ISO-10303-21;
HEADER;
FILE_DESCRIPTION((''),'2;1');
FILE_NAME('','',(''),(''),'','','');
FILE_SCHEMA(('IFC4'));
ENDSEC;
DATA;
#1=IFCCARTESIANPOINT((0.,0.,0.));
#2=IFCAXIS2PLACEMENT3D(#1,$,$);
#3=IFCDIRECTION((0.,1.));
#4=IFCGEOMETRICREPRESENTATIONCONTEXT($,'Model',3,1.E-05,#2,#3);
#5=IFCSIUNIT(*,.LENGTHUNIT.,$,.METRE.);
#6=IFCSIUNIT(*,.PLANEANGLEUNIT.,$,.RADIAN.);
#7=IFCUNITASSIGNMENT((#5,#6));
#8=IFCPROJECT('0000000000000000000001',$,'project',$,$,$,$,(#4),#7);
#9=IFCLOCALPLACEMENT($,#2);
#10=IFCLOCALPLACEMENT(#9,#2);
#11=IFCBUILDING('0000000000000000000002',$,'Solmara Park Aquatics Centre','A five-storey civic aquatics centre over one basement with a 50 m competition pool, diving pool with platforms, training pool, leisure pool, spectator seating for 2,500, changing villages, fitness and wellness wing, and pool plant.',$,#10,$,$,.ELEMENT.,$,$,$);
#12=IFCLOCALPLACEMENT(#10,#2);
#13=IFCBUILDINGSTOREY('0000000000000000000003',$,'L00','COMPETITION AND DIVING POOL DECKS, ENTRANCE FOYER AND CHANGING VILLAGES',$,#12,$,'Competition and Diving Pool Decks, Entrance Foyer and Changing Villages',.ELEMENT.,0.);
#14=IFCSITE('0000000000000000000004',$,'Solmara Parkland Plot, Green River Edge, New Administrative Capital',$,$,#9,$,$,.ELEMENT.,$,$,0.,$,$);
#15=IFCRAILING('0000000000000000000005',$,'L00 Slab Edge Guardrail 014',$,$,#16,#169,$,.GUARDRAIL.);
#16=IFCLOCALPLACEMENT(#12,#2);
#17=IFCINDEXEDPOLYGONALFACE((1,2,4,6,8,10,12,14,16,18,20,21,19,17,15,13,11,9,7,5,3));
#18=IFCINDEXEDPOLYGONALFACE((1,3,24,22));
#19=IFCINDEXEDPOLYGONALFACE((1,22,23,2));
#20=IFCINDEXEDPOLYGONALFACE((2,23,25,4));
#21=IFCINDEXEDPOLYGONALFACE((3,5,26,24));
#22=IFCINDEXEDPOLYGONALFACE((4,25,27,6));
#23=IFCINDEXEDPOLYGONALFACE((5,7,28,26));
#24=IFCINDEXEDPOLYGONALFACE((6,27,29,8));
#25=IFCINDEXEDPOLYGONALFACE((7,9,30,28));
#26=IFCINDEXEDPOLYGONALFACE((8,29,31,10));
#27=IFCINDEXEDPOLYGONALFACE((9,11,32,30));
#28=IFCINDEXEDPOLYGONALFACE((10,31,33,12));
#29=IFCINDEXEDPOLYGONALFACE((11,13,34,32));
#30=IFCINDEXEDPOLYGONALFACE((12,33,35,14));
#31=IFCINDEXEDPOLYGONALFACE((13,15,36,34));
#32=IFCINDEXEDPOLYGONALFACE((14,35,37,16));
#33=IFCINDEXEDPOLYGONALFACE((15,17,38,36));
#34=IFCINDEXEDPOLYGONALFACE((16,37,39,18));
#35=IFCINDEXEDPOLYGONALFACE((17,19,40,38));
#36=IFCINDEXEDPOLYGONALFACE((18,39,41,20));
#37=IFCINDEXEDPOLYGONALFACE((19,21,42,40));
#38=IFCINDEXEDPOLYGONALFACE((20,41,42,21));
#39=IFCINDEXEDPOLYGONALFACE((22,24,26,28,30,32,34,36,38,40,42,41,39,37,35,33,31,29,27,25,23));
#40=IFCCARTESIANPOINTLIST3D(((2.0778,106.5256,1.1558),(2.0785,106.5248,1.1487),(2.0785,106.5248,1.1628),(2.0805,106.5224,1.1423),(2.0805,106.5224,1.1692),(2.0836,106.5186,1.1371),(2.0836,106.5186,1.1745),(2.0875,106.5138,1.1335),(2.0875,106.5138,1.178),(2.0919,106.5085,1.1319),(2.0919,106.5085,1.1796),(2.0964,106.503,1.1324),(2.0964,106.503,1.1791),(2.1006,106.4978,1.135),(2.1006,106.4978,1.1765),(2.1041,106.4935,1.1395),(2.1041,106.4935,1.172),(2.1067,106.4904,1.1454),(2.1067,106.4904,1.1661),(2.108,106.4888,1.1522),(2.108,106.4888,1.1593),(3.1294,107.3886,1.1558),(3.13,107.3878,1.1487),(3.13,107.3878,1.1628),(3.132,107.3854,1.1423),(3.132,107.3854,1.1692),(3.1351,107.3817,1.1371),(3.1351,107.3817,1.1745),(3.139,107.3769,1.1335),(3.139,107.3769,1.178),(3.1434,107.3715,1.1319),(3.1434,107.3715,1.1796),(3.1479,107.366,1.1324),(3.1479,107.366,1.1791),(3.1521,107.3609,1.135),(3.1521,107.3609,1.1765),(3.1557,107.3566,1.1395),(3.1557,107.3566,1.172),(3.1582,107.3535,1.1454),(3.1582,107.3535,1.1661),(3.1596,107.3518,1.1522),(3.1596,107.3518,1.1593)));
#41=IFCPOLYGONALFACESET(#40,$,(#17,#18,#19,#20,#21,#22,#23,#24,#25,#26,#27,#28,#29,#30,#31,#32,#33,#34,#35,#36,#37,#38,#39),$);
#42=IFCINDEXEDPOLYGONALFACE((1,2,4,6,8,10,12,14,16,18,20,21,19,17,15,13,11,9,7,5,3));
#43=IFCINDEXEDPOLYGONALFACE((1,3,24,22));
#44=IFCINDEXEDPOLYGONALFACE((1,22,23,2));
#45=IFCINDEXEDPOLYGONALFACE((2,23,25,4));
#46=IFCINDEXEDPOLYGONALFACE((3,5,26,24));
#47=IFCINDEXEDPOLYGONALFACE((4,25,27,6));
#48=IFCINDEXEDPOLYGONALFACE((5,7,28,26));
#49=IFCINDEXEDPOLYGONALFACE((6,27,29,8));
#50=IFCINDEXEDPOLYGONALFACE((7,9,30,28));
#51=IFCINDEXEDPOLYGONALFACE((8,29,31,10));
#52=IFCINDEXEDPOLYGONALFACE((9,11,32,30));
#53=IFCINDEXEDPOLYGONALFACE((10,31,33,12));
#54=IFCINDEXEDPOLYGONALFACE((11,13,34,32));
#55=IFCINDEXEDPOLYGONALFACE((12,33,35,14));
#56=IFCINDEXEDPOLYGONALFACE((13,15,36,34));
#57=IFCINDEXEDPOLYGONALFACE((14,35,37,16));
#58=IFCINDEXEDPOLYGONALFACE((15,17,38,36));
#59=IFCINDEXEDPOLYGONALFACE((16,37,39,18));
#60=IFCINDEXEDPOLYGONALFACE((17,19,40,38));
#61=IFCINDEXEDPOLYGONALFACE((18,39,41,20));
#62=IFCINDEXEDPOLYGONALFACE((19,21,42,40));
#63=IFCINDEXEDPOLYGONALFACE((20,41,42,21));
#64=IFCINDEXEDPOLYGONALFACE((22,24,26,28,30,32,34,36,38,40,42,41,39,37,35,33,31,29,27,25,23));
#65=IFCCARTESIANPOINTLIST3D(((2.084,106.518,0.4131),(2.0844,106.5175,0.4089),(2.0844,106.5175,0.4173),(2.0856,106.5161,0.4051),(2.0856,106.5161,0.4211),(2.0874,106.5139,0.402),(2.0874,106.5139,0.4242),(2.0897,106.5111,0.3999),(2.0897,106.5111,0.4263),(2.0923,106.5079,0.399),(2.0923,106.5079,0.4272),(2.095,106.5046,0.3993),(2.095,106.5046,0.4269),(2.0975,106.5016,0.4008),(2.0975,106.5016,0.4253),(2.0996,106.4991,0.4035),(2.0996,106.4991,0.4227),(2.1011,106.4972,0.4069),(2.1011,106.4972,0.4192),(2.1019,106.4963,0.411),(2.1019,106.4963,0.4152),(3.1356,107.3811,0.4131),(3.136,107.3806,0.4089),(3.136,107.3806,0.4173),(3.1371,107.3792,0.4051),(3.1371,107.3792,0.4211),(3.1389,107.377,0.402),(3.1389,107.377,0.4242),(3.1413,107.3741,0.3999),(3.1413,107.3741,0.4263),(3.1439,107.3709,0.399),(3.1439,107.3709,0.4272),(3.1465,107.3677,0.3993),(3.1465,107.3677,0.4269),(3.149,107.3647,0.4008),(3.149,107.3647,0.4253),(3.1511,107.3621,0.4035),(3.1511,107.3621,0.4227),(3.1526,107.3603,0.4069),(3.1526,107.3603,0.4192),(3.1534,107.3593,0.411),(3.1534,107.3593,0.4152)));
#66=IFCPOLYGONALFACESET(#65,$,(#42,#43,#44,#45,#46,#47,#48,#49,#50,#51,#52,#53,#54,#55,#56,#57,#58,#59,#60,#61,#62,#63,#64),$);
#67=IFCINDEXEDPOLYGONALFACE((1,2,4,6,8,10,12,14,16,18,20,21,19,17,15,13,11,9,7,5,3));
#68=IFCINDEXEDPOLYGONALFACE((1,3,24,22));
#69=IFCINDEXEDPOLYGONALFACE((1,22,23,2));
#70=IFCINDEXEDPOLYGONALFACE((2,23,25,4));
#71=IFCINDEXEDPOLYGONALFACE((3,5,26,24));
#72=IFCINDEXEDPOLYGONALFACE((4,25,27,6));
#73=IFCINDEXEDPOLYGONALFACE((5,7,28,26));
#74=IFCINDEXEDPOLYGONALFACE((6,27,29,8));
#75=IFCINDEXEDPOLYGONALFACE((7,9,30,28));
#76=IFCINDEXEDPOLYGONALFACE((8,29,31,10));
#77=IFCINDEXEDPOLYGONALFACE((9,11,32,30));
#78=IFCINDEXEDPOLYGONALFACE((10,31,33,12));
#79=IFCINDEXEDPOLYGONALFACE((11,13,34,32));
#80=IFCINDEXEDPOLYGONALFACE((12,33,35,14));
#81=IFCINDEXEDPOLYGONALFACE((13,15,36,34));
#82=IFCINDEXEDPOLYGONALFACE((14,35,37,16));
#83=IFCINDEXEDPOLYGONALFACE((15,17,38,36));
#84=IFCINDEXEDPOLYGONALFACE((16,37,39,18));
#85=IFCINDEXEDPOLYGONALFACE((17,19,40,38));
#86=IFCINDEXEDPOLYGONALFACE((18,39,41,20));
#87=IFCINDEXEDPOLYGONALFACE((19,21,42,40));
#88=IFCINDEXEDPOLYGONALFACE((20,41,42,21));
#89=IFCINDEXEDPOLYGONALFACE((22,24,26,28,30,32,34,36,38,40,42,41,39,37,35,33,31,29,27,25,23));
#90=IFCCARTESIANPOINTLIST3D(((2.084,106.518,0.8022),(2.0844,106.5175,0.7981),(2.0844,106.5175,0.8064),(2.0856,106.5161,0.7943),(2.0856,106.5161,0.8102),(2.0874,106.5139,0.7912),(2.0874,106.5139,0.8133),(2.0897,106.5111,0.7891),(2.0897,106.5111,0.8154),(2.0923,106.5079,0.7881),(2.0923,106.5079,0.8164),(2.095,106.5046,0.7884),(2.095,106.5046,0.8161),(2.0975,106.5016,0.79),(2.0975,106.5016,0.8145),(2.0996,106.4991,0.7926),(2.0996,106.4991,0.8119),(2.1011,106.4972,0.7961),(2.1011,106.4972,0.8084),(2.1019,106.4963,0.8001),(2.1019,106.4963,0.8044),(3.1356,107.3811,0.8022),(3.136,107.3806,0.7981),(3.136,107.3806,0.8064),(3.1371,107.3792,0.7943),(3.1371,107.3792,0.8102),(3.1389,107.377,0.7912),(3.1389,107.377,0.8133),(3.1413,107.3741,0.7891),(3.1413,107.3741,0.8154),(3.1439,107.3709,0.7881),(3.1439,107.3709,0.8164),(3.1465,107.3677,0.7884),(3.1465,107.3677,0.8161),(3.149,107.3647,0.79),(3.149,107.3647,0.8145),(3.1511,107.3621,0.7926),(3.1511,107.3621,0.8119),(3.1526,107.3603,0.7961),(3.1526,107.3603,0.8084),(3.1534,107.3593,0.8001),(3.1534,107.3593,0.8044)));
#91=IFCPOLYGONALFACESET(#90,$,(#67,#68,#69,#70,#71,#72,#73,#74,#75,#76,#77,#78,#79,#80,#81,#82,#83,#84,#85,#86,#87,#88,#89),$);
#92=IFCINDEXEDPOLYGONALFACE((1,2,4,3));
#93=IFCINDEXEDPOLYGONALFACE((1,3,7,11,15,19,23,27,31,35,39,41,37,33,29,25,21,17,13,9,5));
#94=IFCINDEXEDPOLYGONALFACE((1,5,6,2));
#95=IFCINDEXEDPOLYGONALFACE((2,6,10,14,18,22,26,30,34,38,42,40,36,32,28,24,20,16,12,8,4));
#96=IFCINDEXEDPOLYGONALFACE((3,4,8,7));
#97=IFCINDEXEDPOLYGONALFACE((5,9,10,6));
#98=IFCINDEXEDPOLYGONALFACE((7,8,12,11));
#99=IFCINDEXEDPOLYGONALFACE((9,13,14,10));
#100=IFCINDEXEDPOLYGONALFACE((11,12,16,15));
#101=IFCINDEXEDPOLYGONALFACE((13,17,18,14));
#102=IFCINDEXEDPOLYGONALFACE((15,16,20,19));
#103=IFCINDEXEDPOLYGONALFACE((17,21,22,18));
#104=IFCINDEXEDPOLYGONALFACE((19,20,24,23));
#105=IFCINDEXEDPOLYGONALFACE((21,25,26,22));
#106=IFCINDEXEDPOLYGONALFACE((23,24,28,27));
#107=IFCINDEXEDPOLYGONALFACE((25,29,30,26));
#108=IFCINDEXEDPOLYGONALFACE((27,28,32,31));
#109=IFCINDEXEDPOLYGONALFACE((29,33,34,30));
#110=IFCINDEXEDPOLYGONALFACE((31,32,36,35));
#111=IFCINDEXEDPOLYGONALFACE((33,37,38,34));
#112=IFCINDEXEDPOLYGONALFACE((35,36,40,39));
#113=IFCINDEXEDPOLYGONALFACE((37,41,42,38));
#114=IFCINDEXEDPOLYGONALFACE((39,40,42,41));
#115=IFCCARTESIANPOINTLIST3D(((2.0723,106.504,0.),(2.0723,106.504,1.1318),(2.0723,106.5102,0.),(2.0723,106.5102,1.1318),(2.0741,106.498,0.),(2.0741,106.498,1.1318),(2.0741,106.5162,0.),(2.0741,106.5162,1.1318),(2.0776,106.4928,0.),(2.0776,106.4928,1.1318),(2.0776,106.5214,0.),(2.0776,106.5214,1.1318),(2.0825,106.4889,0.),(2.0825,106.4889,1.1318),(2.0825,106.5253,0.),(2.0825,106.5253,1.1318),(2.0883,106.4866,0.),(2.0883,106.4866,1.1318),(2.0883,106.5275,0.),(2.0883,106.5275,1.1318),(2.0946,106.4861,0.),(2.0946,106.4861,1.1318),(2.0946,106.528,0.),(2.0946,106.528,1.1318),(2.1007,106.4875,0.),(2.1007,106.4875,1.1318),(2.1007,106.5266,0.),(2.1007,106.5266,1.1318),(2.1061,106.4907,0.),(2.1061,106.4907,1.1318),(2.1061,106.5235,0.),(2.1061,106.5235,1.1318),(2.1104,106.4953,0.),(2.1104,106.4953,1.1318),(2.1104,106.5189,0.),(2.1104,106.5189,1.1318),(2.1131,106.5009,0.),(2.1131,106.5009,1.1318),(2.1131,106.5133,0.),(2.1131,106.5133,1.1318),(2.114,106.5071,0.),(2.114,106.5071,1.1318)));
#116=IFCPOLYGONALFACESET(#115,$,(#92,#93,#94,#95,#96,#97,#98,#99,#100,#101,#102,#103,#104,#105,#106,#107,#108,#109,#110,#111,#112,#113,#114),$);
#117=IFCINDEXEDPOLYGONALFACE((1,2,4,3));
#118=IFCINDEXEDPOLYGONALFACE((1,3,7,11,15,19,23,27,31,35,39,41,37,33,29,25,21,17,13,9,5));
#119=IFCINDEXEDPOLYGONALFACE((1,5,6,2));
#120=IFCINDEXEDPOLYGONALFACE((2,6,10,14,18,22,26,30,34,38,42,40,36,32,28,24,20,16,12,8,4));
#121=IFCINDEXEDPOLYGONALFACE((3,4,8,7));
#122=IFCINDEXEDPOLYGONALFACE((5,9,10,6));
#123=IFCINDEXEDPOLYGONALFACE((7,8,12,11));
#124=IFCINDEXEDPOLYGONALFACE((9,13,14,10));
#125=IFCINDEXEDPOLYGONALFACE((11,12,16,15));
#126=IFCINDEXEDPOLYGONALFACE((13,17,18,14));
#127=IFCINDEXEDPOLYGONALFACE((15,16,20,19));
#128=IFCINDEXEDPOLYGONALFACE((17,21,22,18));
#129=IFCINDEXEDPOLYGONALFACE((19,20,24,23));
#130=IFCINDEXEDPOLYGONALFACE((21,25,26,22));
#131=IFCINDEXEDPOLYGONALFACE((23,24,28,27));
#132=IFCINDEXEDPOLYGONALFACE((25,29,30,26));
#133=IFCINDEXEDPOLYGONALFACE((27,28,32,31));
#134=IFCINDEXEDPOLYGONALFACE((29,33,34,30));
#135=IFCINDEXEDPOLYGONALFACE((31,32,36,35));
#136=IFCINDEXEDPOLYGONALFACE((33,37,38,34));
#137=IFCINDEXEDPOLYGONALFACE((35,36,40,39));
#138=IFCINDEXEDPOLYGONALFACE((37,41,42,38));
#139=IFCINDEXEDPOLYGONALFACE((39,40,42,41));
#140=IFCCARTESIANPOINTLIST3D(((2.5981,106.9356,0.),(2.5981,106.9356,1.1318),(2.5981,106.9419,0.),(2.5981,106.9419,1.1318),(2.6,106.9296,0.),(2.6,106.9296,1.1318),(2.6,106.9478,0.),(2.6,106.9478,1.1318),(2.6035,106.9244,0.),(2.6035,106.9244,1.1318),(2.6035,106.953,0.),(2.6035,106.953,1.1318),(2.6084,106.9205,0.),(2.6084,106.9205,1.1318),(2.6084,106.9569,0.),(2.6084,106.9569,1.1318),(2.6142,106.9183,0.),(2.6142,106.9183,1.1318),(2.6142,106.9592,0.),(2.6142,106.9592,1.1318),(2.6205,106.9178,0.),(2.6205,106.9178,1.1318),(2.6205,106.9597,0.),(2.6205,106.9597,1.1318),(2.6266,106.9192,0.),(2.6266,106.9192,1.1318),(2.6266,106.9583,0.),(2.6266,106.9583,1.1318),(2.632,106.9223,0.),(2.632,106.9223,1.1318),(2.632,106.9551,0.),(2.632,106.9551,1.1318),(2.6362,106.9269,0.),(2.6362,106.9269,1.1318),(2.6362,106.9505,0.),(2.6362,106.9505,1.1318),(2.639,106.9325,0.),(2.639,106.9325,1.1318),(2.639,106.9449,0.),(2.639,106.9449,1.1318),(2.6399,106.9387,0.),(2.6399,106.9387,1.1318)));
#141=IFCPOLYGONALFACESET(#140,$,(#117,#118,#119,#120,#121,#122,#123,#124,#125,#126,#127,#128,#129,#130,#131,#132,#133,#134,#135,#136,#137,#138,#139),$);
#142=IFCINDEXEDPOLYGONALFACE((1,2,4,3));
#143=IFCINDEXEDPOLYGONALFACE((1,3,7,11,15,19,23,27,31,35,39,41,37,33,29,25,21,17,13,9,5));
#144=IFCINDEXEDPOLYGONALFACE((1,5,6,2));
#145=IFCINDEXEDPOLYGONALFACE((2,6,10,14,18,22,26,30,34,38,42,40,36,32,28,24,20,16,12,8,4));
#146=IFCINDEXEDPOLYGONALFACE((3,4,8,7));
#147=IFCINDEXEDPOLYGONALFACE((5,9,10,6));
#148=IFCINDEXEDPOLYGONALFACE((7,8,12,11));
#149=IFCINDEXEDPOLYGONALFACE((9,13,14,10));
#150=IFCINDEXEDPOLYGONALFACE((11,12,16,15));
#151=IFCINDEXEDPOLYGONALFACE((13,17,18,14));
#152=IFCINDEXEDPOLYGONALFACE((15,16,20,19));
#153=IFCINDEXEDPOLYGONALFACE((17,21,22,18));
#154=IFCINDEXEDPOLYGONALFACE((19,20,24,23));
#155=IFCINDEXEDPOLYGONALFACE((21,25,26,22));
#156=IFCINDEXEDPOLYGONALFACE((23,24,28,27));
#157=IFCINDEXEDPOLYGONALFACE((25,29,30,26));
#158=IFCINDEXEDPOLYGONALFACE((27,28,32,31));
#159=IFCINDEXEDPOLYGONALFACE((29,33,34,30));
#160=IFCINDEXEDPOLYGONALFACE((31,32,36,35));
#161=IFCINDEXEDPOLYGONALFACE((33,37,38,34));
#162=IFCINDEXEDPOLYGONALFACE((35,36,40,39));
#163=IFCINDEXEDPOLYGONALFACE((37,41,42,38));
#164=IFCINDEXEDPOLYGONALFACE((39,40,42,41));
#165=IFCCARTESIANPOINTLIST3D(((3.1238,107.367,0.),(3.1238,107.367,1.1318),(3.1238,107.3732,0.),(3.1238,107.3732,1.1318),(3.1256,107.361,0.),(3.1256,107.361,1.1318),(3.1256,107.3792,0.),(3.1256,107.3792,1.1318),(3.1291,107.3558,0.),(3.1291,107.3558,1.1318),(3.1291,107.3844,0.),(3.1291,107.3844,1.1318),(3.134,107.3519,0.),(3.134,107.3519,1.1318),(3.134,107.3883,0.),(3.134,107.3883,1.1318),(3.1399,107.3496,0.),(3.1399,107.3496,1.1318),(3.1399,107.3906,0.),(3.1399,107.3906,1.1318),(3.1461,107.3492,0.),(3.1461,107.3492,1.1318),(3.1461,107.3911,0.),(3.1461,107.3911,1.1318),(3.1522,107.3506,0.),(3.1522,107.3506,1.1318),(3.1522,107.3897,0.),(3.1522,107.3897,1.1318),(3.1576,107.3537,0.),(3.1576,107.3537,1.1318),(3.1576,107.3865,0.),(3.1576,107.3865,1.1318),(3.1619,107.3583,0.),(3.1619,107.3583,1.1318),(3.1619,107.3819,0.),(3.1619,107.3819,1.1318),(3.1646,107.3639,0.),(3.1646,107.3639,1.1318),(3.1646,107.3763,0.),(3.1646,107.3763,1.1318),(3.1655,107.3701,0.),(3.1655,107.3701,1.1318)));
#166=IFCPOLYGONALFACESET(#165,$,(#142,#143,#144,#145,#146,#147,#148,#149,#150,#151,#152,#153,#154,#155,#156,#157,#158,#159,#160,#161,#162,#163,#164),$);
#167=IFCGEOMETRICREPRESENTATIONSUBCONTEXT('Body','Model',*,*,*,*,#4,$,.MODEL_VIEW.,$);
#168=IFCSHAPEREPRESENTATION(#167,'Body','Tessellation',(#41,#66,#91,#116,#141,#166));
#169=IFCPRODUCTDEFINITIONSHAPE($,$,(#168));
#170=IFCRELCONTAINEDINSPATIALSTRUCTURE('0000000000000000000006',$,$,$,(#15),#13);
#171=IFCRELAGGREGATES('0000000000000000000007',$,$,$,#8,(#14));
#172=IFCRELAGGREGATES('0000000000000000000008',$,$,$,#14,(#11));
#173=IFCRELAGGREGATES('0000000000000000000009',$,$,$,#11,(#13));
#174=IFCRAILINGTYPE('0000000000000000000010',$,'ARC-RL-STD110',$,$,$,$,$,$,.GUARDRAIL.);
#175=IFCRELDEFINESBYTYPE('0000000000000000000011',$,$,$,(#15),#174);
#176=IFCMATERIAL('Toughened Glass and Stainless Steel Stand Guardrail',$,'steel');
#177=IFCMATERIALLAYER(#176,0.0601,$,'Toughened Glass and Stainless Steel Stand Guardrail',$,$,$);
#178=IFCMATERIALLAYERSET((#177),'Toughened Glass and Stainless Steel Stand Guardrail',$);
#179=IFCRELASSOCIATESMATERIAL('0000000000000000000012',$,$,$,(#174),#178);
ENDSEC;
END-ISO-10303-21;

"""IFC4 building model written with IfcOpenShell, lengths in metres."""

from ifc_helpers import new_model, si_unit, direction, frame, origin, origin_2d, place, context, subcontext, project, spatial, circle, extrude, material, layer, layer_set, type_object, element, save


model = new_model("IFC4")

# Units and contexts
model_context = context("Model", 3, precision=1e-05, world=origin(), true_north=direction((0.0, 1.0)))
body_context = subcontext(model_context, "Body", "Model", "MODEL_VIEW")
ifc_project = project(units=[si_unit("LENGTHUNIT", "METRE"), si_unit("PLANEANGLEUNIT", "RADIAN")], contexts=[model_context])

# Site, building, storey
site_placement = place(None, origin())
site = spatial("IfcSite", under=ifc_project, at=site_placement, Name="Solmara Parkland Plot, Green River Edge, New Administrative Capital", CompositionType="ELEMENT", RefElevation=0.0)
building_placement = place(site_placement, origin())
building = spatial("IfcBuilding", under=site, at=building_placement, Name="Solmara Park Aquatics Centre", Description="A five-storey civic aquatics centre over one basement with a 50 m competition pool, diving pool with platforms, training pool, leisure pool, spectator seating for 2,500, changing villages, fitness and wellness wing, and pool plant.", CompositionType="ELEMENT")
storey_placement = place(building_placement, origin())
storey = spatial("IfcBuildingStorey", under=building, at=storey_placement, Name="L00", Description="COMPETITION AND DIVING POOL DECKS, ENTRANCE FOYER AND CHANGING VILLAGES", LongName="Competition and Diving Pool Decks, Entrance Foyer and Changing Villages", CompositionType="ELEMENT", Elevation=0.0)

# Railing
ifc_material_1 = material(Name="Toughened Glass and Stainless Steel Stand Guardrail", Category="steel")
ifc_layer_1 = layer(ifc_material_1, 0.0601, Name="Toughened Glass and Stainless Steel Stand Guardrail")
ifc_layer_set_1 = layer_set([ifc_layer_1], Name="Toughened Glass and Stainless Steel Stand Guardrail")
railing_type = type_object("IfcRailingType", Name="ARC-RL-STD110", PredefinedType="GUARDRAIL", material=ifc_layer_set_1)
railing_1_placement = place(storey_placement, frame((2.093, 106.5071, 0.0)))
element("IfcRailing", 1, at=railing_1_placement, inside=storey, type_object=railing_type, Name="L00 Slab Edge Guardrail 014", PredefinedType="GUARDRAIL", context=body_context, shape_type="SweptSolid", body=[
    extrude(circle(Radius=0.0239, at=origin_2d()), frame((0.0, 0.0, 1.1558), z_axis=(0.772981, 0.634429, 0.0), x_axis=(-0.634429, 0.772981, 0.0)), (0.0, 0.0, 1.0), 1.3604),
    extrude(circle(Radius=0.0142, at=origin_2d()), frame((0.0, 0.0, 0.4131), z_axis=(0.772981, 0.634429, 0.0), x_axis=(-0.634429, 0.772981, 0.0)), (0.0, 0.0, 1.0), 1.3604),
    extrude(circle(Radius=0.0142, at=origin_2d()), frame((0.0, 0.0, 0.8022), z_axis=(0.772981, 0.634429, 0.0), x_axis=(-0.634429, 0.772981, 0.0)), (0.0, 0.0, 1.0), 1.3604),
    extrude(circle(Radius=0.021, at=origin_2d()), origin(), (0.0, 0.0, 1.0), 1.1318),
    extrude(circle(Radius=0.021, at=origin_2d()), frame((0.5259, 0.4316, 0.0)), (0.0, 0.0, 1.0), 1.1318),
    extrude(circle(Radius=0.021, at=origin_2d()), frame((1.0515, 0.863, 0.0)), (0.0, 0.0, 1.0), 1.1318),
])

save(model, "model.ifc")
